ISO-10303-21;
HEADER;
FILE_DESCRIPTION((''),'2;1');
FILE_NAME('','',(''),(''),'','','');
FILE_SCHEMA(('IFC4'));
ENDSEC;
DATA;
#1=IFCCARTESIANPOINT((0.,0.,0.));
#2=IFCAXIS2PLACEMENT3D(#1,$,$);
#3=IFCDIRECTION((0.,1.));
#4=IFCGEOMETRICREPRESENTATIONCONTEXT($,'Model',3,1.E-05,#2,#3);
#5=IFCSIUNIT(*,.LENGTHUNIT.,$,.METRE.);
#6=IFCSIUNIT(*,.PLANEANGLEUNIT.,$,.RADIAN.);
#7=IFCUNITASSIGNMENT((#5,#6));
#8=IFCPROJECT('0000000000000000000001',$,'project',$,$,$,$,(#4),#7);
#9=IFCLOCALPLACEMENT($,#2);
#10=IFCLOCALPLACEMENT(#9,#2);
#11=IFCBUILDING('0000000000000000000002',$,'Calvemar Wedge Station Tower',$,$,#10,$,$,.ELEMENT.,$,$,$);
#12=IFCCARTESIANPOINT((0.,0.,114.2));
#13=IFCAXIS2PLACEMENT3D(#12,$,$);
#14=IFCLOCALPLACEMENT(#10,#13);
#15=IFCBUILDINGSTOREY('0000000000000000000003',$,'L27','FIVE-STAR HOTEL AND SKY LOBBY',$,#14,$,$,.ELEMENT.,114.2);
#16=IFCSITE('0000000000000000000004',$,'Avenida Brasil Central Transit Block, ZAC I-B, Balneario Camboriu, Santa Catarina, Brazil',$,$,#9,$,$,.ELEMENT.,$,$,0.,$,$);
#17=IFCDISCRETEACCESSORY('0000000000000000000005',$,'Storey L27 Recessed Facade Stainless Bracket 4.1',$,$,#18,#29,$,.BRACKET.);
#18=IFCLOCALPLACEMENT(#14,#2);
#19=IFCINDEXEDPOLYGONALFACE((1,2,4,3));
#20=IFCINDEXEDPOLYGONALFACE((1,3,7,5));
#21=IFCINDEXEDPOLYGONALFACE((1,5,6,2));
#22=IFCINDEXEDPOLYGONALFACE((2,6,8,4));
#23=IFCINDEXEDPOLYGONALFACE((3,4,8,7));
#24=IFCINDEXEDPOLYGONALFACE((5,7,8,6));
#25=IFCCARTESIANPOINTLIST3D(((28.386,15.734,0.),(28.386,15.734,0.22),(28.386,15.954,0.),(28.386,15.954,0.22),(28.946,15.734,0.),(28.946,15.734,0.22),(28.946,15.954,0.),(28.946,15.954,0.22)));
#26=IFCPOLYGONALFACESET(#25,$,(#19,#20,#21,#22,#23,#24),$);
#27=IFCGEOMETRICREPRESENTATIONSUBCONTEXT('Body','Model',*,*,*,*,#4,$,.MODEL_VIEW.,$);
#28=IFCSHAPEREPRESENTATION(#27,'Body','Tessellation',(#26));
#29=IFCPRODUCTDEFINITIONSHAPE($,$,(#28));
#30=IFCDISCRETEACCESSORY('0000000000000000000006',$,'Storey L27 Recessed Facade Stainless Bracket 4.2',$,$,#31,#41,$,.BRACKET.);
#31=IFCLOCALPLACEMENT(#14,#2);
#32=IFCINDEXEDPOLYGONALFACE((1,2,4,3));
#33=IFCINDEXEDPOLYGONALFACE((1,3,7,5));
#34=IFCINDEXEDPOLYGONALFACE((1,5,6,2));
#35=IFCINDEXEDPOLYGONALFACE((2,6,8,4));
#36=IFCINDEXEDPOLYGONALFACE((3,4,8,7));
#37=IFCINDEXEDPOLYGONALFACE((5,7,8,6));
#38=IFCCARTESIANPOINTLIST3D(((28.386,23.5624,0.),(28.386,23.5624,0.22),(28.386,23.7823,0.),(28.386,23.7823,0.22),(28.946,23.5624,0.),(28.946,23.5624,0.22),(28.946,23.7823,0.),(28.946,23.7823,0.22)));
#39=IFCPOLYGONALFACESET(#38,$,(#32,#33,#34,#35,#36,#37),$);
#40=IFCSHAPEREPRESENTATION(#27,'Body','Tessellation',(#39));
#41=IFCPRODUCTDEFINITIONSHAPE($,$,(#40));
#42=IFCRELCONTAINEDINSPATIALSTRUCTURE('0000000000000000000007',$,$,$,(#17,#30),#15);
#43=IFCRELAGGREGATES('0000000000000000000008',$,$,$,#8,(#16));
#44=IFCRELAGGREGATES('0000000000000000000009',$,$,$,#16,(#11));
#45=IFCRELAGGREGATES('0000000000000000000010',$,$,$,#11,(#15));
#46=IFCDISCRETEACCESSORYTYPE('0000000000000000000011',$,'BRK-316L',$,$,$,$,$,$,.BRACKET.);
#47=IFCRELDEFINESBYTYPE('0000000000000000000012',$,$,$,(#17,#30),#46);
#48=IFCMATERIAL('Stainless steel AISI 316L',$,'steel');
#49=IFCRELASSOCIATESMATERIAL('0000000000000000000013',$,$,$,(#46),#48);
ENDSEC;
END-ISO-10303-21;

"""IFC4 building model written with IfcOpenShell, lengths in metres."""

from ifc_helpers import new_model, si_unit, direction, frame, origin, origin_2d, place, context, subcontext, project, spatial, rectangle, extrude, source, transform, mapped, material, type_object, element, save


model = new_model("IFC4")

# Units and contexts
model_context = context("Model", 3, precision=1e-05, world=origin(), true_north=direction((0.0, 1.0)))
body_context = subcontext(model_context, "Body", "Model", "MODEL_VIEW")
ifc_project = project(units=[si_unit("LENGTHUNIT", "METRE"), si_unit("PLANEANGLEUNIT", "RADIAN")], contexts=[model_context])

# Site, building, storey
site_placement = place(None, origin())
site = spatial("IfcSite", under=ifc_project, at=site_placement, Name="Avenida Brasil Central Transit Block, ZAC I-B, Balneario Camboriu, Santa Catarina, Brazil", CompositionType="ELEMENT", RefElevation=0.0)
building_placement = place(site_placement, origin())
building = spatial("IfcBuilding", under=site, at=building_placement, Name="Calvemar Wedge Station Tower", CompositionType="ELEMENT")
storey_placement = place(building_placement, frame((0.0, 0.0, 114.2)))
storey = spatial("IfcBuildingStorey", under=building, at=storey_placement, Name="L27", Description="FIVE-STAR HOTEL AND SKY LOBBY", CompositionType="ELEMENT", Elevation=114.2)

# Discrete accessories
ifc_material_1 = material(Name="Stainless steel AISI 316L", Category="steel")
discrete_accessory_type = type_object("IfcDiscreteAccessoryType", Name="BRK-316L", PredefinedType="BRACKET", material=ifc_material_1)
shared_shape_1 = source(origin(), body_context, "Body", "SweptSolid", [
    extrude(rectangle(XDim=0.22, YDim=0.5601, at=origin_2d()), origin(), (0.0, 0.0, 1.0), 0.22),
])
for number, where, z_axis, x_axis, name in (
    (1, (28.666, 15.844, 0.0), (0.0, 0.0, 1.0), (0.0, 1.0, 0.0), "Storey L27 Recessed Facade Stainless Bracket 4.1"),
    (2, (28.666, 23.6724, 0.0), (0.0, 0.0, 1.0), (0.0, 1.0, 0.0), "Storey L27 Recessed Facade Stainless Bracket 4.2"),
):
    element("IfcDiscreteAccessory", number, at=place(storey_placement, frame(where, z_axis=z_axis, x_axis=x_axis)), inside=storey, type_object=discrete_accessory_type, Name=name, PredefinedType="BRACKET", context=body_context, shape_type="MappedRepresentation", body=[
        mapped(shared_shape_1, transform((0.0, 0.0, 0.0), scale=1.0)),
    ])

save(model, "model.ifc")
